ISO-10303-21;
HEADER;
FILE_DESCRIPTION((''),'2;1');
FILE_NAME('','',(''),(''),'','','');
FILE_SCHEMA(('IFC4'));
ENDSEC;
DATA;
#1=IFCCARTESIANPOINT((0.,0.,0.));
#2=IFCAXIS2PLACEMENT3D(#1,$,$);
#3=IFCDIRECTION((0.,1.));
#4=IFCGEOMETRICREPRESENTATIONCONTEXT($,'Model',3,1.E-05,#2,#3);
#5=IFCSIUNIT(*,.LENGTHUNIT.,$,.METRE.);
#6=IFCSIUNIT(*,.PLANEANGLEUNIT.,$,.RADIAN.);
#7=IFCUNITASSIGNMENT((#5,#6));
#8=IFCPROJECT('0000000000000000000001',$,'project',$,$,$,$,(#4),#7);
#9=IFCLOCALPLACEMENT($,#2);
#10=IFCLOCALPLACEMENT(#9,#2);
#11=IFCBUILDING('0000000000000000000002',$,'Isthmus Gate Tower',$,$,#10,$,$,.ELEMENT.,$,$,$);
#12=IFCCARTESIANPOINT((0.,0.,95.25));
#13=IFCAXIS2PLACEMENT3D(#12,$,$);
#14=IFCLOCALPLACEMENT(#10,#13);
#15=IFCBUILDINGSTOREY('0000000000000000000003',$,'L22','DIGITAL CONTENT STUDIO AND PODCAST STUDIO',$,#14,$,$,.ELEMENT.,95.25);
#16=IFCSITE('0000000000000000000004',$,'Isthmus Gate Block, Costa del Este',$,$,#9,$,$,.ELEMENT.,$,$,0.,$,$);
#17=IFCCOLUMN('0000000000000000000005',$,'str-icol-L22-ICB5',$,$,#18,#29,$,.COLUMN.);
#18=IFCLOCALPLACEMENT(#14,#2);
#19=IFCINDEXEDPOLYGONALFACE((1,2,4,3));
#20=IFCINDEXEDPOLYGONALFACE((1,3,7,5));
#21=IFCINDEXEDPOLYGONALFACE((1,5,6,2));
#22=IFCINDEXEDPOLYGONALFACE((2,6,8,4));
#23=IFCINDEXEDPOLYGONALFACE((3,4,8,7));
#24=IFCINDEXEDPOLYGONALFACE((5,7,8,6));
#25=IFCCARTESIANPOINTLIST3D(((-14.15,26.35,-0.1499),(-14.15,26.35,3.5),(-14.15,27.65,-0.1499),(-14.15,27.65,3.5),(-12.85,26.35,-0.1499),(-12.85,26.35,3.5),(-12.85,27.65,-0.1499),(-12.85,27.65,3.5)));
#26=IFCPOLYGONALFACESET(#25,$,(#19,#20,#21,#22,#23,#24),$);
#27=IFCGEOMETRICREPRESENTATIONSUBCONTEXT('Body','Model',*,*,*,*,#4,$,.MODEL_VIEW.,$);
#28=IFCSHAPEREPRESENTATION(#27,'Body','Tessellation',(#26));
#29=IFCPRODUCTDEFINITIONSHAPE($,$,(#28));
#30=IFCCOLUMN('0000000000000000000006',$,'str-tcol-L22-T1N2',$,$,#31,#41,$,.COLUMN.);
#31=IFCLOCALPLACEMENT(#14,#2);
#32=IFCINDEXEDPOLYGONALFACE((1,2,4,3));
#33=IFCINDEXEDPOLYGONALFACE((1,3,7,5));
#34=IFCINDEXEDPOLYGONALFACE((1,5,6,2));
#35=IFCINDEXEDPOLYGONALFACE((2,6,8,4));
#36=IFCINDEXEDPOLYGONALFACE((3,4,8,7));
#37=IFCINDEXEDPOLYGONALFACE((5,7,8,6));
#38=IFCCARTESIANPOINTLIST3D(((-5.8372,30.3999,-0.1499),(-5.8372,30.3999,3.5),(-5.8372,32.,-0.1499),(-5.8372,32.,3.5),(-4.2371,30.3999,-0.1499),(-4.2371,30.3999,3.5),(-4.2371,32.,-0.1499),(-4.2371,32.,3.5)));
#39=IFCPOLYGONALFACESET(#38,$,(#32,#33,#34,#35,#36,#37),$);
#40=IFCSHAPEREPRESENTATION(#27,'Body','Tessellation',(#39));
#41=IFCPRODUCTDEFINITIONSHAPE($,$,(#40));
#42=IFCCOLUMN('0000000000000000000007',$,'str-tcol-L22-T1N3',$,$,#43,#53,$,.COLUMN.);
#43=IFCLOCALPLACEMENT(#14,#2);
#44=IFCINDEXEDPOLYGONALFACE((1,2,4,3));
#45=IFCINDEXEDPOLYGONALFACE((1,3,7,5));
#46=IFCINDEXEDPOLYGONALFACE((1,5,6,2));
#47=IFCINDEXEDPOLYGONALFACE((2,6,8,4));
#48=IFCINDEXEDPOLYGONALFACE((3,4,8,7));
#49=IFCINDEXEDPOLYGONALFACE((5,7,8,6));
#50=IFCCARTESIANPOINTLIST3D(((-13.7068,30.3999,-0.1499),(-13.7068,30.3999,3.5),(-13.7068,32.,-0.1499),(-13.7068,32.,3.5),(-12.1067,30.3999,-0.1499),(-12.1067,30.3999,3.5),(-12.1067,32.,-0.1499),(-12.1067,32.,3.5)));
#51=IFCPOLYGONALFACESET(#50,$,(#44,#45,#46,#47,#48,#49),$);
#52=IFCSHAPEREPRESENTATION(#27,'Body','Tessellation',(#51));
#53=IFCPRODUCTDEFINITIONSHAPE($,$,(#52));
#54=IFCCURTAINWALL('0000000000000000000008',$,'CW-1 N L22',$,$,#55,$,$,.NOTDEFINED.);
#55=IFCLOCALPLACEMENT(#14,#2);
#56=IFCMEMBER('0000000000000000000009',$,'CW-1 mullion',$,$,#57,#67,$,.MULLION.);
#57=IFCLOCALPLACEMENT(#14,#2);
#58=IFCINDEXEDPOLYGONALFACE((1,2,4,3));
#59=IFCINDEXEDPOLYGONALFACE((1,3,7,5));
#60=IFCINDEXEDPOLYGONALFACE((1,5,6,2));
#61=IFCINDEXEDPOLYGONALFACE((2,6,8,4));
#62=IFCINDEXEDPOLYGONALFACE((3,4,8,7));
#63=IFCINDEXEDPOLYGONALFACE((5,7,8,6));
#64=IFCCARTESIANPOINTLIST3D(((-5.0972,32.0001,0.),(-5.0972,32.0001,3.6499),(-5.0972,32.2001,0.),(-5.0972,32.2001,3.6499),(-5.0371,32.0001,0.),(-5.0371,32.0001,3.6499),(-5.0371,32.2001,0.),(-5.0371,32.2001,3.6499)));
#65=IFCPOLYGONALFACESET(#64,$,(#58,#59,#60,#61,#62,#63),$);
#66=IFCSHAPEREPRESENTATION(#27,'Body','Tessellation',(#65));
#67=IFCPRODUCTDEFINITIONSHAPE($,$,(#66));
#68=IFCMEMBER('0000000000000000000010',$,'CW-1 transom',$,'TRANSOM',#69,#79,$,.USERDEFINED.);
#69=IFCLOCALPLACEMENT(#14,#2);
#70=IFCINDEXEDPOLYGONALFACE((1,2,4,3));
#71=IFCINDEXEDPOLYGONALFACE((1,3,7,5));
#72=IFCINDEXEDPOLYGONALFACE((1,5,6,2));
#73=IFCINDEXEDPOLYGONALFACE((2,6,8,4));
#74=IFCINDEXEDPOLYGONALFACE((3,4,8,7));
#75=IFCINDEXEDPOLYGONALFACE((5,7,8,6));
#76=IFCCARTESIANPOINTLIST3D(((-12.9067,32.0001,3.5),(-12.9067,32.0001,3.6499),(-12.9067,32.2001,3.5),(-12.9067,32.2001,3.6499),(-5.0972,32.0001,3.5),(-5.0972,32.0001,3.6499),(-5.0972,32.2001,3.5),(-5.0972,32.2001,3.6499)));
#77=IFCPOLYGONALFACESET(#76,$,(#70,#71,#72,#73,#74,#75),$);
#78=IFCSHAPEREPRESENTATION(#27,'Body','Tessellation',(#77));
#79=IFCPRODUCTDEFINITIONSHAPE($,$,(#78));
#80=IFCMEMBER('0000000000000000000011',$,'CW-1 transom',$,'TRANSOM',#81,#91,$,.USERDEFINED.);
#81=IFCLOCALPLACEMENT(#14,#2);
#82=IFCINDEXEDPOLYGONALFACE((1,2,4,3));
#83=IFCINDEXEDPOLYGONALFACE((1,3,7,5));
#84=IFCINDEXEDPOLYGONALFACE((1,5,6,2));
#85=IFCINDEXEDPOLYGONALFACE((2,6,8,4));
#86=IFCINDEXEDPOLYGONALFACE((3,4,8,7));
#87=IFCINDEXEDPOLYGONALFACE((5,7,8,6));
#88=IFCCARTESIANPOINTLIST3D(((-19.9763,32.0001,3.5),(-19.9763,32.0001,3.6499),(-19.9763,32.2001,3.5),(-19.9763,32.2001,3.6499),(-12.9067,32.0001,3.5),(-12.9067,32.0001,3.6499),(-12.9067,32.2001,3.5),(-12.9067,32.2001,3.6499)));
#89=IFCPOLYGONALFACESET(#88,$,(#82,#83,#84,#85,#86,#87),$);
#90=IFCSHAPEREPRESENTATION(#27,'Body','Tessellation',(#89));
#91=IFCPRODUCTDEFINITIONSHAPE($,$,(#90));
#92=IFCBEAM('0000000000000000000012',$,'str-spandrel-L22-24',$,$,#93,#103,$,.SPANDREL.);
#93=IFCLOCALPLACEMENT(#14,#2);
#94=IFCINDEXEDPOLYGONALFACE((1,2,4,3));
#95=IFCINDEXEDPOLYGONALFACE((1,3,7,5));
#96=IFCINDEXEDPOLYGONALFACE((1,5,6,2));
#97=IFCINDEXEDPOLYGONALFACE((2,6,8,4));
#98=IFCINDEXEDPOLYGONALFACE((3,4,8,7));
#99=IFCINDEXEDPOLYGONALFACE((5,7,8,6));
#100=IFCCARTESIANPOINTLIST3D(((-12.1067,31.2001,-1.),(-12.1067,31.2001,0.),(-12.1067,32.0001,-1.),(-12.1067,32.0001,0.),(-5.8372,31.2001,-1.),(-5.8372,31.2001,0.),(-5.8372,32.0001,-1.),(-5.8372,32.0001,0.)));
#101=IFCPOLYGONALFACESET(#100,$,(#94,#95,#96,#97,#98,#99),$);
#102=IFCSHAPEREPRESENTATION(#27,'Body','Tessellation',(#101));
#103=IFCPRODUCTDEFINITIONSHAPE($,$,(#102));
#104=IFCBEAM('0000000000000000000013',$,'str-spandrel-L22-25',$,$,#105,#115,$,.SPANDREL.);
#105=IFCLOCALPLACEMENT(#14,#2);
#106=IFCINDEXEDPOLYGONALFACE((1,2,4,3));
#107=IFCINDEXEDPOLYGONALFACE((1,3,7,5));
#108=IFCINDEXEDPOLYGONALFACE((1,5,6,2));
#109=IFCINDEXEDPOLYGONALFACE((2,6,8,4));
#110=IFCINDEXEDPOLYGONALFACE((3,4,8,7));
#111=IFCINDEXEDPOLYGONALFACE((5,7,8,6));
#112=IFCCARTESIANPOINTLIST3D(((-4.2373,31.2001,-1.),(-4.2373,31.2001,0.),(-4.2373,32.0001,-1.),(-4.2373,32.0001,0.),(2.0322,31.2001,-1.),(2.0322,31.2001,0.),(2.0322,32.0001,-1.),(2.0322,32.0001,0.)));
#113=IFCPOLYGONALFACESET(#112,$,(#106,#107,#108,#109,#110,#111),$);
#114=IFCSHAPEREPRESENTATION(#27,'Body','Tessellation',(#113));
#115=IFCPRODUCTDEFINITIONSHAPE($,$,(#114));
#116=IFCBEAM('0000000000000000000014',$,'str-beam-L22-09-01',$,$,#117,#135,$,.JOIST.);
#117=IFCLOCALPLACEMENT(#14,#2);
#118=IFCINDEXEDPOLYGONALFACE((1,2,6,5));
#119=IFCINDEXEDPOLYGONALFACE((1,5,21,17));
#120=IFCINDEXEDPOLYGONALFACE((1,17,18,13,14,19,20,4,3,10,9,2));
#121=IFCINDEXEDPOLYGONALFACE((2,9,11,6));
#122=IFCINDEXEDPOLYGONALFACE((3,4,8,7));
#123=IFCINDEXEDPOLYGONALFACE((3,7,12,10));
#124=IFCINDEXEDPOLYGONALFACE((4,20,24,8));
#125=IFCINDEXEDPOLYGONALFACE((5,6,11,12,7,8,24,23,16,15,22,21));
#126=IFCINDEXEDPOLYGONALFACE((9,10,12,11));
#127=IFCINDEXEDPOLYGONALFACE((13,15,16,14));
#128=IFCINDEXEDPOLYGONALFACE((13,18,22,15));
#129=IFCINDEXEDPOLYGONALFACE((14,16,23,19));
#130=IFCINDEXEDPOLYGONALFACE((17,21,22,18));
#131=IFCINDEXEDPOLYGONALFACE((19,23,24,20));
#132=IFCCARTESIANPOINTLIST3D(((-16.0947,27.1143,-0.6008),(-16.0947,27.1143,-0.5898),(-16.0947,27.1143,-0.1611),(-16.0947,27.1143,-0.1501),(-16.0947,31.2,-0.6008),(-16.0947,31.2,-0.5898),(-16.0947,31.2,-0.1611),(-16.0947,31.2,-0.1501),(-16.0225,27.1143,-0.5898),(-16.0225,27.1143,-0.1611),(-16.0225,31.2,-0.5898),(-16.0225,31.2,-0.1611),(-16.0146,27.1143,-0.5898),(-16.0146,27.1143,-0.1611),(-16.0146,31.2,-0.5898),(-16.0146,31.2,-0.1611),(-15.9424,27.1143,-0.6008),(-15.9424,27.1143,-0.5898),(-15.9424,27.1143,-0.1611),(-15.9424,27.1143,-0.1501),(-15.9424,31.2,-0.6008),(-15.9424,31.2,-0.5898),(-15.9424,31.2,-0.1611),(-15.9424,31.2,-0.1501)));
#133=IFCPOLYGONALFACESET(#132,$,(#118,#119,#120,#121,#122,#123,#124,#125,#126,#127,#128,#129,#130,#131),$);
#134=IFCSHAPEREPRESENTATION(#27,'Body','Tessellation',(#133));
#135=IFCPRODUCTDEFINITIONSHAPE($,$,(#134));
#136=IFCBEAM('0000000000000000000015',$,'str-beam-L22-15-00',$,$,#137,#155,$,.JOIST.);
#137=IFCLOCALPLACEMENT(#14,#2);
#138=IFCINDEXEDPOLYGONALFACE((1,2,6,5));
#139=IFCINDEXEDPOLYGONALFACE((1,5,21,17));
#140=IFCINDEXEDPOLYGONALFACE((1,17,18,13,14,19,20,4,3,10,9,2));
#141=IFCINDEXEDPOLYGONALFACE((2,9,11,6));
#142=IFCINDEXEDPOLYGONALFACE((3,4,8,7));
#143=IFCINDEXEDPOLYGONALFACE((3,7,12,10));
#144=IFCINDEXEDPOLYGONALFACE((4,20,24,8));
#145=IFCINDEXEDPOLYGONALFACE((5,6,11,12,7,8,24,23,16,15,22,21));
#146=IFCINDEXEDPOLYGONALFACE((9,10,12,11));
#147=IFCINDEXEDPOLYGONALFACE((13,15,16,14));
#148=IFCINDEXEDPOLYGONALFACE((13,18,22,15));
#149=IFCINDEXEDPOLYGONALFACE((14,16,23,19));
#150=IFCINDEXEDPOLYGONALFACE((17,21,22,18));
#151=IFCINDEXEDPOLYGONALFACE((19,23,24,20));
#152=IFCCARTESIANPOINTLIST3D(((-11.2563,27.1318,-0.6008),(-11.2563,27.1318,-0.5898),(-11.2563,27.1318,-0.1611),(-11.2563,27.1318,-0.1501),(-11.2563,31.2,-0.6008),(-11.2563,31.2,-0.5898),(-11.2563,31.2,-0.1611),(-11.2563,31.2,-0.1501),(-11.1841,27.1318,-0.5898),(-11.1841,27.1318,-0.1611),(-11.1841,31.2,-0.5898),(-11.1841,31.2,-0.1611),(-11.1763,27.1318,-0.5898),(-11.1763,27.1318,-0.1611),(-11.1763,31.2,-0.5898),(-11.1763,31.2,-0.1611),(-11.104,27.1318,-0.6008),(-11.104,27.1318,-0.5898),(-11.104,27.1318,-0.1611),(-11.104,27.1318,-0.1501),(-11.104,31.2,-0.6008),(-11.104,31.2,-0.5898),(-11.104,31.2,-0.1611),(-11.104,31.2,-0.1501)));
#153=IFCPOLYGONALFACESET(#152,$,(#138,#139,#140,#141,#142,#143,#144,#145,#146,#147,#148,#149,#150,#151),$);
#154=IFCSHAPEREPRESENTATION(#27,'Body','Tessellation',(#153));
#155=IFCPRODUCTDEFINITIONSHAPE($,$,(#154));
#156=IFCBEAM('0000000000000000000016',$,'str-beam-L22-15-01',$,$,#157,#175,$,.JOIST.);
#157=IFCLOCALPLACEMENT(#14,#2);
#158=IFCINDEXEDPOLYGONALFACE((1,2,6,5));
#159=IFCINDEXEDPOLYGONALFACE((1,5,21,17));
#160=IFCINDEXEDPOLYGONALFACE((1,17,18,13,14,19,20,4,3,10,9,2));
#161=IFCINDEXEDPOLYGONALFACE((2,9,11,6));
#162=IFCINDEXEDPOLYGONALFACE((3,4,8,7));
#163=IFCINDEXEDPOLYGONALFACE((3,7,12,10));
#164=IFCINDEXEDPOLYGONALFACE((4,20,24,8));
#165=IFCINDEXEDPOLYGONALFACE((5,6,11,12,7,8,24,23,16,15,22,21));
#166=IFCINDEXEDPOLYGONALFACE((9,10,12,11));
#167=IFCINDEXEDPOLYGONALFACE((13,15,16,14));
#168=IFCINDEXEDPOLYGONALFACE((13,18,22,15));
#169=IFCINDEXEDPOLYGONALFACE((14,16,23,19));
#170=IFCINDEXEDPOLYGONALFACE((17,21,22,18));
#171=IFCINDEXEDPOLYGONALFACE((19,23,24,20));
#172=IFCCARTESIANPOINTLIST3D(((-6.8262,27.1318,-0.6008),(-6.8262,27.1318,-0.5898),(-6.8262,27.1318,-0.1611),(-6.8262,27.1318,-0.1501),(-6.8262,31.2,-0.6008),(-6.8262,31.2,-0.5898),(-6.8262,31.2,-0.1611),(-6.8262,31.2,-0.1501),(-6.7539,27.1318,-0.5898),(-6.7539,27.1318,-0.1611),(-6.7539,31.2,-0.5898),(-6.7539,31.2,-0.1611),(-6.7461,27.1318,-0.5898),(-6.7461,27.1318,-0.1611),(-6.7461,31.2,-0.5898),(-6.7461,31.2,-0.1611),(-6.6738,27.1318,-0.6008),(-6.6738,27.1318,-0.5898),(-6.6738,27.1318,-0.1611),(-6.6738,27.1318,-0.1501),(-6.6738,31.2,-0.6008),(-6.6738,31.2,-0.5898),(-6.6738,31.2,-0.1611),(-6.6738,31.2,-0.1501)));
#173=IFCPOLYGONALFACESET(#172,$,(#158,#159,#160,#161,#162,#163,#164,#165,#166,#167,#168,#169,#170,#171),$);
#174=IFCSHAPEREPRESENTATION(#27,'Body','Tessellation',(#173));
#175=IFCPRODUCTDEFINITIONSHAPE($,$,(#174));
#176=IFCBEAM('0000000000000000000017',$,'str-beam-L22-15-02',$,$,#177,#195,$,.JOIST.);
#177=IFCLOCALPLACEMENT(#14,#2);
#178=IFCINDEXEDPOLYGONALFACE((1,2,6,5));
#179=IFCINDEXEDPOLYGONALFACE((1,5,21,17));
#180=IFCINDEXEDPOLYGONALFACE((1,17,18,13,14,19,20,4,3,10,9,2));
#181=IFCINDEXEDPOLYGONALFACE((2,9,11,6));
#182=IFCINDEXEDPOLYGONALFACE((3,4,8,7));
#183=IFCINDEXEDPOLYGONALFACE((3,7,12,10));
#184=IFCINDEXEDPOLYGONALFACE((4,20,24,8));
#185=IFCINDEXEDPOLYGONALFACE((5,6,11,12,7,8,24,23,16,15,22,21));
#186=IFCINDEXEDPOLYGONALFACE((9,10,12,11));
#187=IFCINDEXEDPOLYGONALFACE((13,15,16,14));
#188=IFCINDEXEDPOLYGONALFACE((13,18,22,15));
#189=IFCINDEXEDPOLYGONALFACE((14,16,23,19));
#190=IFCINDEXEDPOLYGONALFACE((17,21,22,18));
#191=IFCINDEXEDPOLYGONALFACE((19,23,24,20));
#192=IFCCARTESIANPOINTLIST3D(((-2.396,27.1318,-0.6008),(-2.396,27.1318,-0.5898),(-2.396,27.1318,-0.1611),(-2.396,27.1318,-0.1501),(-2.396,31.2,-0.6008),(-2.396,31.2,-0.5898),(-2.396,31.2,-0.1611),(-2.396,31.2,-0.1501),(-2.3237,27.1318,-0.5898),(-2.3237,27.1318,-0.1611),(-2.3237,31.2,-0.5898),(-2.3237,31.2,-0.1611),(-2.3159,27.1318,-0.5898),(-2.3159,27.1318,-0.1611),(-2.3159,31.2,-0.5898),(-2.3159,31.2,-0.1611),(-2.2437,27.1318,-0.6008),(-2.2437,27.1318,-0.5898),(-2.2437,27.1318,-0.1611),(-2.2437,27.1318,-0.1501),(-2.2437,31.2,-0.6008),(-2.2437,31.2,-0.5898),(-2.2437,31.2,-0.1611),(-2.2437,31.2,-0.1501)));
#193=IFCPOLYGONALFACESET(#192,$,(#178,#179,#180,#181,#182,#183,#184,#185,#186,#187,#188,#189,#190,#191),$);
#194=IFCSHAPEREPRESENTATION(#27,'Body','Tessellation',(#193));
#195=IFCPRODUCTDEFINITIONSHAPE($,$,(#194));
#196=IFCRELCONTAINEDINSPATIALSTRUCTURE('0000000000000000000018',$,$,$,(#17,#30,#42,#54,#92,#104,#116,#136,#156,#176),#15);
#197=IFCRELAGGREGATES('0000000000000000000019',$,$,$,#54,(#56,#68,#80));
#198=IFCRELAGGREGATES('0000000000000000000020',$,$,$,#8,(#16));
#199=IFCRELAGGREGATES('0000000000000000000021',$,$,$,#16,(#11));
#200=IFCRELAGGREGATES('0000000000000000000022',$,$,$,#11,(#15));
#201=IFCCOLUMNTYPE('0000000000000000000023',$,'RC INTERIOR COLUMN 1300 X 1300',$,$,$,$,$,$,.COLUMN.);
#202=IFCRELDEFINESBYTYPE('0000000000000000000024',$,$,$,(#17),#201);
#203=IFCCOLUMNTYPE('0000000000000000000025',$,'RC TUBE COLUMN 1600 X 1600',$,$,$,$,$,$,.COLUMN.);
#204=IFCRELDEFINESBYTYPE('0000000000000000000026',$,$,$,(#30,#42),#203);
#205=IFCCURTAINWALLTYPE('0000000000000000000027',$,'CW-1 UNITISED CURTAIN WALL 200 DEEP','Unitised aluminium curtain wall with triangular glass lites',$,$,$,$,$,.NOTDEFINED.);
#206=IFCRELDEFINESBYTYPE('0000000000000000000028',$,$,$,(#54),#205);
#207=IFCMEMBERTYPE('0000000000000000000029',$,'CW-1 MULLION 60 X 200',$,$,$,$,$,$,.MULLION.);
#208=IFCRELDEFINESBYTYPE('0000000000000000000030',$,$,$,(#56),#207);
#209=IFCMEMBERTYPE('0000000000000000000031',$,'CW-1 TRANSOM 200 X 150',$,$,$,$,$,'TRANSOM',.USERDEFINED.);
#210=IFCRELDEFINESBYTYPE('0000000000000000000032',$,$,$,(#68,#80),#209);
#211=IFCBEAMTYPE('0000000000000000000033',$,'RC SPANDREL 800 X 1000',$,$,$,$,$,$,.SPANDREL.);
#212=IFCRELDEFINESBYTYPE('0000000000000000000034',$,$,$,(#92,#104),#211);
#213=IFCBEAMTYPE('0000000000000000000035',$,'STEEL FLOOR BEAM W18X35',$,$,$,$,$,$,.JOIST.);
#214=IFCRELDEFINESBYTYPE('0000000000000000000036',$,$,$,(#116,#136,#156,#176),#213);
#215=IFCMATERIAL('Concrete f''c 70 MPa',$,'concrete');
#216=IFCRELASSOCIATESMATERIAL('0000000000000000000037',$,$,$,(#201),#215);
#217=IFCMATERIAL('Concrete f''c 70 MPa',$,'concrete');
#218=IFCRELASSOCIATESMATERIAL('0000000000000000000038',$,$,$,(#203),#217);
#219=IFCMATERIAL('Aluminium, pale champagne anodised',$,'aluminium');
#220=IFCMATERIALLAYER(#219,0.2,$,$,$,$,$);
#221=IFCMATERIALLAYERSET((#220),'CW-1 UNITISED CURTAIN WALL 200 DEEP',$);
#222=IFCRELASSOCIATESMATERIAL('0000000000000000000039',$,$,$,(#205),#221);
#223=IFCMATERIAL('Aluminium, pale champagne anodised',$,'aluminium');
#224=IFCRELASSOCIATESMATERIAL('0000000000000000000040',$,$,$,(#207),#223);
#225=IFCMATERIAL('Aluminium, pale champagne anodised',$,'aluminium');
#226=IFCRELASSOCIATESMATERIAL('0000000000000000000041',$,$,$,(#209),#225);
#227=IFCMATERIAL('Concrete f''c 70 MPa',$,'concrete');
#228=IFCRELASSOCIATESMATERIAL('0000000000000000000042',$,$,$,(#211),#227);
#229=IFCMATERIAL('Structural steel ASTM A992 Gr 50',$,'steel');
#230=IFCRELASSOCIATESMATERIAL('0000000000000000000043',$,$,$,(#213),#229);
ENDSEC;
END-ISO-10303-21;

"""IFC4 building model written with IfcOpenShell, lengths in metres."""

from ifc_helpers import new_model, si_unit, direction, frame, origin, origin_2d, place, context, subcontext, project, spatial, rectangle, i_section, extrude, material, layer, layer_set, material_profile, profile_set, type_object, element, aggregate, save


model = new_model("IFC4")

# Units and contexts
model_context = context("Model", 3, precision=1e-05, world=origin(), true_north=direction((0.0, 1.0)))
body_context = subcontext(model_context, "Body", "Model", "MODEL_VIEW")
ifc_project = project(units=[si_unit("LENGTHUNIT", "METRE"), si_unit("PLANEANGLEUNIT", "RADIAN")], contexts=[model_context])

# Site, building, storey
site_placement = place(None, origin())
site = spatial("IfcSite", under=ifc_project, at=site_placement, Name="Isthmus Gate Block, Costa del Este", CompositionType="ELEMENT", RefElevation=0.0)
building_placement = place(site_placement, origin())
building = spatial("IfcBuilding", under=site, at=building_placement, Name="Isthmus Gate Tower", CompositionType="ELEMENT")
storey_placement = place(building_placement, frame((0.0, 0.0, 95.25)))
storey = spatial("IfcBuildingStorey", under=building, at=storey_placement, Name="L22", Description="DIGITAL CONTENT STUDIO AND PODCAST STUDIO", CompositionType="ELEMENT", Elevation=95.25)

# Columns
ifc_material_1 = material(Name="Concrete f'c 70 MPa", Category="concrete")
ifc_material_profile_1 = material_profile(ifc_material_1, rectangle(XDim=1.3, YDim=1.3, at=origin_2d()), Name="RC 1300X1300")
ifc_profile_set_1 = profile_set([ifc_material_profile_1], Name="Concrete f'c 70 MPa")
column_type_1 = type_object("IfcColumnType", Name="RC INTERIOR COLUMN 1300 X 1300", PredefinedType="COLUMN", material=ifc_profile_set_1)
column_placement = place(storey_placement, frame((-13.5, 27.0, -0.1499), z_axis=(0.0, 0.0, 1.0), x_axis=(1.0, 0.0, 0.0)))
element("IfcColumn", 1, at=column_placement, inside=storey, type_object=column_type_1, Name="str-icol-L22-ICB5", PredefinedType="COLUMN", context=body_context, shape_type="SweptSolid", body=[
    extrude(rectangle(XDim=1.3, YDim=1.3, at=origin_2d()), origin(), (0.0, 0.0, 1.0), 3.6499),
])
ifc_material_2 = material(Name="Concrete f'c 70 MPa", Category="concrete")
ifc_material_profile_2 = material_profile(ifc_material_2, rectangle(XDim=1.6001, YDim=1.6001, at=origin_2d()), Name="RC 1600X1600")
ifc_profile_set_2 = profile_set([ifc_material_profile_2], Name="Concrete f'c 70 MPa")
column_type_2 = type_object("IfcColumnType", Name="RC TUBE COLUMN 1600 X 1600", PredefinedType="COLUMN", material=ifc_profile_set_2)
for number, where, z_axis, x_axis, name in (
    (2, (-5.0371, 31.2, -0.1499), (0.0, 0.0, 1.0), (-1.0, 0.0, 0.0), "str-tcol-L22-T1N2"),
    (3, (-12.9067, 31.2, -0.1499), (0.0, 0.0, 1.0), (-1.0, 0.0, 0.0), "str-tcol-L22-T1N3"),
):
    element("IfcColumn", number, at=place(storey_placement, frame(where, z_axis=z_axis, x_axis=x_axis)), inside=storey, type_object=column_type_2, Name=name, PredefinedType="COLUMN", context=body_context, shape_type="SweptSolid", body=[
        extrude(rectangle(XDim=1.6001, YDim=1.6001, at=origin_2d()), origin(), (0.0, 0.0, 1.0), 3.6499),
    ])

# Curtain wall, members
ifc_material_3 = material(Name="Aluminium, pale champagne anodised", Category="aluminium")
ifc_layer_1 = layer(ifc_material_3, 0.2)
ifc_layer_set_1 = layer_set([ifc_layer_1], Name="CW-1 UNITISED CURTAIN WALL 200 DEEP")
curtain_wall_type = type_object("IfcCurtainWallType", Name="CW-1 UNITISED CURTAIN WALL 200 DEEP", Description="Unitised aluminium curtain wall with triangular glass lites", PredefinedType="NOTDEFINED", material=ifc_layer_set_1)
curtain_wall_placement = place(storey_placement, origin())
curtain_wall = element("IfcCurtainWall", 4, at=curtain_wall_placement, inside=storey, type_object=curtain_wall_type, Name="CW-1 N L22", PredefinedType="NOTDEFINED")
ifc_material_4 = material(Name="Aluminium, pale champagne anodised", Category="aluminium")
ifc_material_profile_3 = material_profile(ifc_material_4, rectangle(XDim=0.0601, YDim=0.2, at=origin_2d()), Name="60x200")
ifc_profile_set_3 = profile_set([ifc_material_profile_3], Name="Aluminium, pale champagne anodised")
member_type_1 = type_object("IfcMemberType", Name="CW-1 MULLION 60 X 200", PredefinedType="MULLION", material=ifc_profile_set_3)
member_1_placement = place(storey_placement, frame((-5.0671, 32.1001, 0.0), z_axis=(0.0, 0.0, 1.0), x_axis=(-1.0, 0.0, 0.0)))
member_1 = element("IfcMember", 5, at=member_1_placement, type_object=member_type_1, Name="CW-1 mullion", PredefinedType="MULLION", context=body_context, shape_type="SweptSolid", body=[
    extrude(rectangle(XDim=0.0601, YDim=0.2, at=origin_2d()), origin(), (0.0, 0.0, 1.0), 3.6499),
])
ifc_material_5 = material(Name="Aluminium, pale champagne anodised", Category="aluminium")
ifc_material_profile_4 = material_profile(ifc_material_5, rectangle(XDim=0.2, YDim=0.1499, at=origin_2d()), Name="200x150")
ifc_profile_set_4 = profile_set([ifc_material_profile_4], Name="Aluminium, pale champagne anodised")
member_type_2 = type_object("IfcMemberType", Name="CW-1 TRANSOM 200 X 150", ElementType="TRANSOM", PredefinedType="USERDEFINED", material=ifc_profile_set_4)
member_2_placement = place(storey_placement, frame((-5.0972, 32.1001, 3.575), z_axis=(-1.0, 0.0, 0.0), x_axis=(0.0, -1.0, 0.0)))
member_2 = element("IfcMember", 6, at=member_2_placement, type_object=member_type_2, Name="CW-1 transom", ObjectType="TRANSOM", PredefinedType="USERDEFINED", context=body_context, shape_type="SweptSolid", body=[
    extrude(rectangle(XDim=0.2, YDim=0.1499, at=origin_2d()), origin(), (0.0, 0.0, 1.0), 7.8096),
])
member_3_placement = place(storey_placement, frame((-12.9067, 32.1001, 3.575), z_axis=(-1.0, 0.0, 0.0), x_axis=(0.0, -1.0, 0.0)))
member_3 = element("IfcMember", 7, at=member_3_placement, type_object=member_type_2, Name="CW-1 transom", ObjectType="TRANSOM", PredefinedType="USERDEFINED", context=body_context, shape_type="SweptSolid", body=[
    extrude(rectangle(XDim=0.2, YDim=0.1499, at=origin_2d()), origin(), (0.0, 0.0, 1.0), 7.0696),
])

# Beams
ifc_material_6 = material(Name="Concrete f'c 70 MPa", Category="concrete")
ifc_material_profile_5 = material_profile(ifc_material_6, rectangle(XDim=0.8, YDim=1.0, at=origin_2d()), Name="RC 800X1000")
ifc_profile_set_5 = profile_set([ifc_material_profile_5], Name="Concrete f'c 70 MPa")
beam_type_1 = type_object("IfcBeamType", Name="RC SPANDREL 800 X 1000", PredefinedType="SPANDREL", material=ifc_profile_set_5)
for number, where, z_axis, x_axis, name in (
    (8, (-12.1067, 31.6001, -0.5), (1.0, 0.0, 0.0), (0.0, 1.0, 0.0), "str-spandrel-L22-24"),
    (9, (-4.2373, 31.6001, -0.5), (1.0, 0.0, 0.0), (0.0, 1.0, 0.0), "str-spandrel-L22-25"),
):
    element("IfcBeam", number, at=place(storey_placement, frame(where, z_axis=z_axis, x_axis=x_axis)), inside=storey, type_object=beam_type_1, Name=name, PredefinedType="SPANDREL", context=body_context, shape_type="SweptSolid", body=[
        extrude(rectangle(XDim=0.8, YDim=1.0, at=origin_2d()), origin(), (0.0, 0.0, 1.0), 6.2695),
    ])
ifc_material_7 = material(Name="Structural steel ASTM A992 Gr 50", Category="steel")
ifc_material_profile_6 = material_profile(ifc_material_7, i_section(OverallWidth=0.1523, OverallDepth=0.4507, WebThickness=0.0078, FlangeThickness=0.011, at=origin_2d()), Name="W18X35")
ifc_profile_set_6 = profile_set([ifc_material_profile_6], Name="Structural steel ASTM A992 Gr 50")
beam_type_2 = type_object("IfcBeamType", Name="STEEL FLOOR BEAM W18X35", PredefinedType="JOIST", material=ifc_profile_set_6)
beam_1_placement = place(storey_placement, frame((-16.0186, 27.1143, -0.3755), z_axis=(0.0, 1.0, 0.0), x_axis=(-1.0, 0.0, 0.0)))
element("IfcBeam", 10, at=beam_1_placement, inside=storey, type_object=beam_type_2, Name="str-beam-L22-09-01", PredefinedType="JOIST", context=body_context, shape_type="SweptSolid", body=[
    extrude(i_section(OverallWidth=0.1523, OverallDepth=0.4507, WebThickness=0.0078, FlangeThickness=0.011, at=origin_2d()), origin(), (0.0, 0.0, 1.0), 4.0857),
])
for number, where, z_axis, x_axis, name in (
    (11, (-11.1802, 27.1318, -0.3755), (0.0, 1.0, 0.0), (-1.0, 0.0, 0.0), "str-beam-L22-15-00"),
    (12, (-6.75, 27.1318, -0.3755), (0.0, 1.0, 0.0), (-1.0, 0.0, 0.0), "str-beam-L22-15-01"),
    (13, (-2.3198, 27.1318, -0.3755), (0.0, 1.0, 0.0), (-1.0, 0.0, 0.0), "str-beam-L22-15-02"),
):
    element("IfcBeam", number, at=place(storey_placement, frame(where, z_axis=z_axis, x_axis=x_axis)), inside=storey, type_object=beam_type_2, Name=name, PredefinedType="JOIST", context=body_context, shape_type="SweptSolid", body=[
        extrude(i_section(OverallWidth=0.1523, OverallDepth=0.4507, WebThickness=0.0078, FlangeThickness=0.011, at=origin_2d()), origin(), (0.0, 0.0, 1.0), 4.0681),
    ])

aggregate(curtain_wall, [member_1, member_2, member_3])

save(model, "model.ifc")
